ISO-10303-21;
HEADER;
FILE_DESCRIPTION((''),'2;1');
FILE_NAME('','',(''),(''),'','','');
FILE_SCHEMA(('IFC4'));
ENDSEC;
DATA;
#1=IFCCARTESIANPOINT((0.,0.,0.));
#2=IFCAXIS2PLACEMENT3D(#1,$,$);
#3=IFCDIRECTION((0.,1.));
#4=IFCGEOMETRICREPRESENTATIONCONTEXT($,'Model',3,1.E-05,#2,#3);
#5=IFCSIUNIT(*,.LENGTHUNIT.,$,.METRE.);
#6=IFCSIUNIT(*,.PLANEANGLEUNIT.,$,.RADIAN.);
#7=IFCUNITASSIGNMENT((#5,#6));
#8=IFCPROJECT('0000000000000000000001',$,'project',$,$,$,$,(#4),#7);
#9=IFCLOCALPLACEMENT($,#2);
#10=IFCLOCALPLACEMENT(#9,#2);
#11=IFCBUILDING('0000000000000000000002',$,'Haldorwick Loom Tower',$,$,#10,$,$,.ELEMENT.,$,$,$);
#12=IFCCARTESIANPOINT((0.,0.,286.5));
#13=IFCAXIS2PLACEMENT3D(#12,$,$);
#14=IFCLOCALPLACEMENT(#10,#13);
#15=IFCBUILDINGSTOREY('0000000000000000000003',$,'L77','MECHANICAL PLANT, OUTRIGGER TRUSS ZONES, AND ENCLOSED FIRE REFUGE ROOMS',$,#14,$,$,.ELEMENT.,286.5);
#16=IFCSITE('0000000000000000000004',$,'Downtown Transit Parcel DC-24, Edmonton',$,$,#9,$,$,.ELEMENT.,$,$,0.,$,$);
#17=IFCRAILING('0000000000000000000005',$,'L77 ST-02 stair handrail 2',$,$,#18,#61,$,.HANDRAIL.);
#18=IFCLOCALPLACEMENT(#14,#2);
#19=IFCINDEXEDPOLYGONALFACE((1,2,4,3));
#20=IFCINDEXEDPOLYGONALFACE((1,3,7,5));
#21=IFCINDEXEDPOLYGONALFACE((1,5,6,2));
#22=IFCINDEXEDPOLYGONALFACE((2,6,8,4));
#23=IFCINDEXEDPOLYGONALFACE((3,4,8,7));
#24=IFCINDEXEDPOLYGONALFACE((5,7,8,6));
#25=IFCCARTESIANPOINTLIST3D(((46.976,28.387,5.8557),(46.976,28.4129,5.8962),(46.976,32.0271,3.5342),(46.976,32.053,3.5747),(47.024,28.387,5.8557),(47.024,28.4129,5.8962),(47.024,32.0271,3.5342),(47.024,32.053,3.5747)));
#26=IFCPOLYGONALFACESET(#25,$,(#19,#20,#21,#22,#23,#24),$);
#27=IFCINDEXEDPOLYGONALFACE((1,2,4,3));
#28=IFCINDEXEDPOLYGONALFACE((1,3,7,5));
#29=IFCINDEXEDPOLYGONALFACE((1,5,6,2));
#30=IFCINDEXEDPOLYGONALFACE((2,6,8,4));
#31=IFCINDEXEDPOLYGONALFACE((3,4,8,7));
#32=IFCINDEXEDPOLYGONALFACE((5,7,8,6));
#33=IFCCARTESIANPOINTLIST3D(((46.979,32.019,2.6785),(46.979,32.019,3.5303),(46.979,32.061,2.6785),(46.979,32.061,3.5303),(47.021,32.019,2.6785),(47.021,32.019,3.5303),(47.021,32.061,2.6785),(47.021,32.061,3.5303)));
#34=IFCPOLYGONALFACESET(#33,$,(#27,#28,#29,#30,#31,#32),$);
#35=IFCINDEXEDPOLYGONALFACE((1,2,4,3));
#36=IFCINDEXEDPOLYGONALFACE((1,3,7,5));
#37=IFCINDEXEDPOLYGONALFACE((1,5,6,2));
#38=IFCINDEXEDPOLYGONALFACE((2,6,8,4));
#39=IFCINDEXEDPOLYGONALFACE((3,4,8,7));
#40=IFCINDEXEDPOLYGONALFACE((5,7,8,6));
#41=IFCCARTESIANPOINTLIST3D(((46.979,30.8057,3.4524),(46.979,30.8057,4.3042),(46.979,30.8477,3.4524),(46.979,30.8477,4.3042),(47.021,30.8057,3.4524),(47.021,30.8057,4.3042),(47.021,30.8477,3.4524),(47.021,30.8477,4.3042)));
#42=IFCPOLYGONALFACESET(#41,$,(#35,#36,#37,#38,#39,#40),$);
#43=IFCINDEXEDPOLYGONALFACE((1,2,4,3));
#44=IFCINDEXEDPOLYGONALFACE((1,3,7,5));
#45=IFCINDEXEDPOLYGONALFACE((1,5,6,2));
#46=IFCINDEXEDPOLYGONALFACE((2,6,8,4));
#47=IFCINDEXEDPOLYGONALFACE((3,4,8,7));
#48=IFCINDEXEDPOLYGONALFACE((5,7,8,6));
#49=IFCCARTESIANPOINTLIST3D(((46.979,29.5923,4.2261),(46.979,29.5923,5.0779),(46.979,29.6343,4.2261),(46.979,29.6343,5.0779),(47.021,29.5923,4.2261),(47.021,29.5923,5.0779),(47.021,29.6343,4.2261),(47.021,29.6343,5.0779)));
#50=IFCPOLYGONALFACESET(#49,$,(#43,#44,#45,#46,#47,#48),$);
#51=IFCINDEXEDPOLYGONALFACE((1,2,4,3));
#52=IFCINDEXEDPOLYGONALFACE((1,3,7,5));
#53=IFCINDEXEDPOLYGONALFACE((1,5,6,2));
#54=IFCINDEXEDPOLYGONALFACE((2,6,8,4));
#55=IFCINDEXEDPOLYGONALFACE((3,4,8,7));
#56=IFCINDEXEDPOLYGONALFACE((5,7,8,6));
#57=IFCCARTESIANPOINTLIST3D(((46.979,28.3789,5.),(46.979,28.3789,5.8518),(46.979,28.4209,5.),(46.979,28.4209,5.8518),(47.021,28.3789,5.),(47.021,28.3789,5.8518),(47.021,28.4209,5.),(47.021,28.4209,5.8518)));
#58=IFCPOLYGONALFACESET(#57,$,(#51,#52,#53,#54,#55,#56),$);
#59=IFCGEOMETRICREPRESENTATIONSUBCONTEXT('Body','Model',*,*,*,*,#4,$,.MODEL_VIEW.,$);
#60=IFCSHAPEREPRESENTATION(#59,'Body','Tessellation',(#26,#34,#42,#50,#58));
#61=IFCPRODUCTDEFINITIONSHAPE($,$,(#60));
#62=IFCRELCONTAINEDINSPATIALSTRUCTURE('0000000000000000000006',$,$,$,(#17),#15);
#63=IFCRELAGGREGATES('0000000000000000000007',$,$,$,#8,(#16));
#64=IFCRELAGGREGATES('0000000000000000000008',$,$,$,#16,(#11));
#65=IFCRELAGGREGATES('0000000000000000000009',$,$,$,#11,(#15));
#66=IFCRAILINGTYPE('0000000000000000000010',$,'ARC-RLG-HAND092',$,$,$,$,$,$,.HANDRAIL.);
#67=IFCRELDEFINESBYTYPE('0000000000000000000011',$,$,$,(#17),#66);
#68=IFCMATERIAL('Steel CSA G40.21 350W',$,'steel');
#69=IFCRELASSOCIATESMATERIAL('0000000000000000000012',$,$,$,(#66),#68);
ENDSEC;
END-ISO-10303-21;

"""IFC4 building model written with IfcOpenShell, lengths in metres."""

from ifc_helpers import new_model, si_unit, direction, frame, origin, origin_2d, place, context, subcontext, project, spatial, rectangle, extrude, material, type_object, element, save


model = new_model("IFC4")

# Units and contexts
model_context = context("Model", 3, precision=1e-05, world=origin(), true_north=direction((0.0, 1.0)))
body_context = subcontext(model_context, "Body", "Model", "MODEL_VIEW")
ifc_project = project(units=[si_unit("LENGTHUNIT", "METRE"), si_unit("PLANEANGLEUNIT", "RADIAN")], contexts=[model_context])

# Site, building, storey
site_placement = place(None, origin())
site = spatial("IfcSite", under=ifc_project, at=site_placement, Name="Downtown Transit Parcel DC-24, Edmonton", CompositionType="ELEMENT", RefElevation=0.0)
building_placement = place(site_placement, origin())
building = spatial("IfcBuilding", under=site, at=building_placement, Name="Haldorwick Loom Tower", CompositionType="ELEMENT")
storey_placement = place(building_placement, frame((0.0, 0.0, 286.5)))
storey = spatial("IfcBuildingStorey", under=building, at=storey_placement, Name="L77", Description="MECHANICAL PLANT, OUTRIGGER TRUSS ZONES, AND ENCLOSED FIRE REFUGE ROOMS", CompositionType="ELEMENT", Elevation=286.5)

# Shared definitions
ifc_material_1 = material(Name="Steel CSA G40.21 350W", Category="steel")

# Railing
railing_type = type_object("IfcRailingType", Name="ARC-RLG-HAND092", PredefinedType="HANDRAIL", material=ifc_material_1)
railing_placement = place(storey_placement, frame((47.0, 32.04, 2.6785)))
element("IfcRailing", 1, at=railing_placement, inside=storey, type_object=railing_type, Name="L77 ST-02 stair handrail 2", PredefinedType="HANDRAIL", context=body_context, shape_type="SweptSolid", body=[
    extrude(rectangle(XDim=0.0481, YDim=0.0481, at=origin_2d()), frame((0.0, 0.0, 0.876), z_axis=(0.0, -0.843128, 0.537713), x_axis=(1.0, 0.0, 0.0)), (0.0, 0.0, 1.0), 4.3174),
    extrude(rectangle(XDim=0.042, YDim=0.042, at=origin_2d()), origin(), (0.0, 0.0, 1.0), 0.8518),
    extrude(rectangle(XDim=0.042, YDim=0.042, at=origin_2d()), frame((0.0, -1.2134, 0.7739)), (0.0, 0.0, 1.0), 0.8518),
    extrude(rectangle(XDim=0.042, YDim=0.042, at=origin_2d()), frame((0.0, -2.4268, 1.5476)), (0.0, 0.0, 1.0), 0.8518),
    extrude(rectangle(XDim=0.042, YDim=0.042, at=origin_2d()), frame((0.0, -3.6401, 2.3215)), (0.0, 0.0, 1.0), 0.8518),
])

save(model, "model.ifc")
